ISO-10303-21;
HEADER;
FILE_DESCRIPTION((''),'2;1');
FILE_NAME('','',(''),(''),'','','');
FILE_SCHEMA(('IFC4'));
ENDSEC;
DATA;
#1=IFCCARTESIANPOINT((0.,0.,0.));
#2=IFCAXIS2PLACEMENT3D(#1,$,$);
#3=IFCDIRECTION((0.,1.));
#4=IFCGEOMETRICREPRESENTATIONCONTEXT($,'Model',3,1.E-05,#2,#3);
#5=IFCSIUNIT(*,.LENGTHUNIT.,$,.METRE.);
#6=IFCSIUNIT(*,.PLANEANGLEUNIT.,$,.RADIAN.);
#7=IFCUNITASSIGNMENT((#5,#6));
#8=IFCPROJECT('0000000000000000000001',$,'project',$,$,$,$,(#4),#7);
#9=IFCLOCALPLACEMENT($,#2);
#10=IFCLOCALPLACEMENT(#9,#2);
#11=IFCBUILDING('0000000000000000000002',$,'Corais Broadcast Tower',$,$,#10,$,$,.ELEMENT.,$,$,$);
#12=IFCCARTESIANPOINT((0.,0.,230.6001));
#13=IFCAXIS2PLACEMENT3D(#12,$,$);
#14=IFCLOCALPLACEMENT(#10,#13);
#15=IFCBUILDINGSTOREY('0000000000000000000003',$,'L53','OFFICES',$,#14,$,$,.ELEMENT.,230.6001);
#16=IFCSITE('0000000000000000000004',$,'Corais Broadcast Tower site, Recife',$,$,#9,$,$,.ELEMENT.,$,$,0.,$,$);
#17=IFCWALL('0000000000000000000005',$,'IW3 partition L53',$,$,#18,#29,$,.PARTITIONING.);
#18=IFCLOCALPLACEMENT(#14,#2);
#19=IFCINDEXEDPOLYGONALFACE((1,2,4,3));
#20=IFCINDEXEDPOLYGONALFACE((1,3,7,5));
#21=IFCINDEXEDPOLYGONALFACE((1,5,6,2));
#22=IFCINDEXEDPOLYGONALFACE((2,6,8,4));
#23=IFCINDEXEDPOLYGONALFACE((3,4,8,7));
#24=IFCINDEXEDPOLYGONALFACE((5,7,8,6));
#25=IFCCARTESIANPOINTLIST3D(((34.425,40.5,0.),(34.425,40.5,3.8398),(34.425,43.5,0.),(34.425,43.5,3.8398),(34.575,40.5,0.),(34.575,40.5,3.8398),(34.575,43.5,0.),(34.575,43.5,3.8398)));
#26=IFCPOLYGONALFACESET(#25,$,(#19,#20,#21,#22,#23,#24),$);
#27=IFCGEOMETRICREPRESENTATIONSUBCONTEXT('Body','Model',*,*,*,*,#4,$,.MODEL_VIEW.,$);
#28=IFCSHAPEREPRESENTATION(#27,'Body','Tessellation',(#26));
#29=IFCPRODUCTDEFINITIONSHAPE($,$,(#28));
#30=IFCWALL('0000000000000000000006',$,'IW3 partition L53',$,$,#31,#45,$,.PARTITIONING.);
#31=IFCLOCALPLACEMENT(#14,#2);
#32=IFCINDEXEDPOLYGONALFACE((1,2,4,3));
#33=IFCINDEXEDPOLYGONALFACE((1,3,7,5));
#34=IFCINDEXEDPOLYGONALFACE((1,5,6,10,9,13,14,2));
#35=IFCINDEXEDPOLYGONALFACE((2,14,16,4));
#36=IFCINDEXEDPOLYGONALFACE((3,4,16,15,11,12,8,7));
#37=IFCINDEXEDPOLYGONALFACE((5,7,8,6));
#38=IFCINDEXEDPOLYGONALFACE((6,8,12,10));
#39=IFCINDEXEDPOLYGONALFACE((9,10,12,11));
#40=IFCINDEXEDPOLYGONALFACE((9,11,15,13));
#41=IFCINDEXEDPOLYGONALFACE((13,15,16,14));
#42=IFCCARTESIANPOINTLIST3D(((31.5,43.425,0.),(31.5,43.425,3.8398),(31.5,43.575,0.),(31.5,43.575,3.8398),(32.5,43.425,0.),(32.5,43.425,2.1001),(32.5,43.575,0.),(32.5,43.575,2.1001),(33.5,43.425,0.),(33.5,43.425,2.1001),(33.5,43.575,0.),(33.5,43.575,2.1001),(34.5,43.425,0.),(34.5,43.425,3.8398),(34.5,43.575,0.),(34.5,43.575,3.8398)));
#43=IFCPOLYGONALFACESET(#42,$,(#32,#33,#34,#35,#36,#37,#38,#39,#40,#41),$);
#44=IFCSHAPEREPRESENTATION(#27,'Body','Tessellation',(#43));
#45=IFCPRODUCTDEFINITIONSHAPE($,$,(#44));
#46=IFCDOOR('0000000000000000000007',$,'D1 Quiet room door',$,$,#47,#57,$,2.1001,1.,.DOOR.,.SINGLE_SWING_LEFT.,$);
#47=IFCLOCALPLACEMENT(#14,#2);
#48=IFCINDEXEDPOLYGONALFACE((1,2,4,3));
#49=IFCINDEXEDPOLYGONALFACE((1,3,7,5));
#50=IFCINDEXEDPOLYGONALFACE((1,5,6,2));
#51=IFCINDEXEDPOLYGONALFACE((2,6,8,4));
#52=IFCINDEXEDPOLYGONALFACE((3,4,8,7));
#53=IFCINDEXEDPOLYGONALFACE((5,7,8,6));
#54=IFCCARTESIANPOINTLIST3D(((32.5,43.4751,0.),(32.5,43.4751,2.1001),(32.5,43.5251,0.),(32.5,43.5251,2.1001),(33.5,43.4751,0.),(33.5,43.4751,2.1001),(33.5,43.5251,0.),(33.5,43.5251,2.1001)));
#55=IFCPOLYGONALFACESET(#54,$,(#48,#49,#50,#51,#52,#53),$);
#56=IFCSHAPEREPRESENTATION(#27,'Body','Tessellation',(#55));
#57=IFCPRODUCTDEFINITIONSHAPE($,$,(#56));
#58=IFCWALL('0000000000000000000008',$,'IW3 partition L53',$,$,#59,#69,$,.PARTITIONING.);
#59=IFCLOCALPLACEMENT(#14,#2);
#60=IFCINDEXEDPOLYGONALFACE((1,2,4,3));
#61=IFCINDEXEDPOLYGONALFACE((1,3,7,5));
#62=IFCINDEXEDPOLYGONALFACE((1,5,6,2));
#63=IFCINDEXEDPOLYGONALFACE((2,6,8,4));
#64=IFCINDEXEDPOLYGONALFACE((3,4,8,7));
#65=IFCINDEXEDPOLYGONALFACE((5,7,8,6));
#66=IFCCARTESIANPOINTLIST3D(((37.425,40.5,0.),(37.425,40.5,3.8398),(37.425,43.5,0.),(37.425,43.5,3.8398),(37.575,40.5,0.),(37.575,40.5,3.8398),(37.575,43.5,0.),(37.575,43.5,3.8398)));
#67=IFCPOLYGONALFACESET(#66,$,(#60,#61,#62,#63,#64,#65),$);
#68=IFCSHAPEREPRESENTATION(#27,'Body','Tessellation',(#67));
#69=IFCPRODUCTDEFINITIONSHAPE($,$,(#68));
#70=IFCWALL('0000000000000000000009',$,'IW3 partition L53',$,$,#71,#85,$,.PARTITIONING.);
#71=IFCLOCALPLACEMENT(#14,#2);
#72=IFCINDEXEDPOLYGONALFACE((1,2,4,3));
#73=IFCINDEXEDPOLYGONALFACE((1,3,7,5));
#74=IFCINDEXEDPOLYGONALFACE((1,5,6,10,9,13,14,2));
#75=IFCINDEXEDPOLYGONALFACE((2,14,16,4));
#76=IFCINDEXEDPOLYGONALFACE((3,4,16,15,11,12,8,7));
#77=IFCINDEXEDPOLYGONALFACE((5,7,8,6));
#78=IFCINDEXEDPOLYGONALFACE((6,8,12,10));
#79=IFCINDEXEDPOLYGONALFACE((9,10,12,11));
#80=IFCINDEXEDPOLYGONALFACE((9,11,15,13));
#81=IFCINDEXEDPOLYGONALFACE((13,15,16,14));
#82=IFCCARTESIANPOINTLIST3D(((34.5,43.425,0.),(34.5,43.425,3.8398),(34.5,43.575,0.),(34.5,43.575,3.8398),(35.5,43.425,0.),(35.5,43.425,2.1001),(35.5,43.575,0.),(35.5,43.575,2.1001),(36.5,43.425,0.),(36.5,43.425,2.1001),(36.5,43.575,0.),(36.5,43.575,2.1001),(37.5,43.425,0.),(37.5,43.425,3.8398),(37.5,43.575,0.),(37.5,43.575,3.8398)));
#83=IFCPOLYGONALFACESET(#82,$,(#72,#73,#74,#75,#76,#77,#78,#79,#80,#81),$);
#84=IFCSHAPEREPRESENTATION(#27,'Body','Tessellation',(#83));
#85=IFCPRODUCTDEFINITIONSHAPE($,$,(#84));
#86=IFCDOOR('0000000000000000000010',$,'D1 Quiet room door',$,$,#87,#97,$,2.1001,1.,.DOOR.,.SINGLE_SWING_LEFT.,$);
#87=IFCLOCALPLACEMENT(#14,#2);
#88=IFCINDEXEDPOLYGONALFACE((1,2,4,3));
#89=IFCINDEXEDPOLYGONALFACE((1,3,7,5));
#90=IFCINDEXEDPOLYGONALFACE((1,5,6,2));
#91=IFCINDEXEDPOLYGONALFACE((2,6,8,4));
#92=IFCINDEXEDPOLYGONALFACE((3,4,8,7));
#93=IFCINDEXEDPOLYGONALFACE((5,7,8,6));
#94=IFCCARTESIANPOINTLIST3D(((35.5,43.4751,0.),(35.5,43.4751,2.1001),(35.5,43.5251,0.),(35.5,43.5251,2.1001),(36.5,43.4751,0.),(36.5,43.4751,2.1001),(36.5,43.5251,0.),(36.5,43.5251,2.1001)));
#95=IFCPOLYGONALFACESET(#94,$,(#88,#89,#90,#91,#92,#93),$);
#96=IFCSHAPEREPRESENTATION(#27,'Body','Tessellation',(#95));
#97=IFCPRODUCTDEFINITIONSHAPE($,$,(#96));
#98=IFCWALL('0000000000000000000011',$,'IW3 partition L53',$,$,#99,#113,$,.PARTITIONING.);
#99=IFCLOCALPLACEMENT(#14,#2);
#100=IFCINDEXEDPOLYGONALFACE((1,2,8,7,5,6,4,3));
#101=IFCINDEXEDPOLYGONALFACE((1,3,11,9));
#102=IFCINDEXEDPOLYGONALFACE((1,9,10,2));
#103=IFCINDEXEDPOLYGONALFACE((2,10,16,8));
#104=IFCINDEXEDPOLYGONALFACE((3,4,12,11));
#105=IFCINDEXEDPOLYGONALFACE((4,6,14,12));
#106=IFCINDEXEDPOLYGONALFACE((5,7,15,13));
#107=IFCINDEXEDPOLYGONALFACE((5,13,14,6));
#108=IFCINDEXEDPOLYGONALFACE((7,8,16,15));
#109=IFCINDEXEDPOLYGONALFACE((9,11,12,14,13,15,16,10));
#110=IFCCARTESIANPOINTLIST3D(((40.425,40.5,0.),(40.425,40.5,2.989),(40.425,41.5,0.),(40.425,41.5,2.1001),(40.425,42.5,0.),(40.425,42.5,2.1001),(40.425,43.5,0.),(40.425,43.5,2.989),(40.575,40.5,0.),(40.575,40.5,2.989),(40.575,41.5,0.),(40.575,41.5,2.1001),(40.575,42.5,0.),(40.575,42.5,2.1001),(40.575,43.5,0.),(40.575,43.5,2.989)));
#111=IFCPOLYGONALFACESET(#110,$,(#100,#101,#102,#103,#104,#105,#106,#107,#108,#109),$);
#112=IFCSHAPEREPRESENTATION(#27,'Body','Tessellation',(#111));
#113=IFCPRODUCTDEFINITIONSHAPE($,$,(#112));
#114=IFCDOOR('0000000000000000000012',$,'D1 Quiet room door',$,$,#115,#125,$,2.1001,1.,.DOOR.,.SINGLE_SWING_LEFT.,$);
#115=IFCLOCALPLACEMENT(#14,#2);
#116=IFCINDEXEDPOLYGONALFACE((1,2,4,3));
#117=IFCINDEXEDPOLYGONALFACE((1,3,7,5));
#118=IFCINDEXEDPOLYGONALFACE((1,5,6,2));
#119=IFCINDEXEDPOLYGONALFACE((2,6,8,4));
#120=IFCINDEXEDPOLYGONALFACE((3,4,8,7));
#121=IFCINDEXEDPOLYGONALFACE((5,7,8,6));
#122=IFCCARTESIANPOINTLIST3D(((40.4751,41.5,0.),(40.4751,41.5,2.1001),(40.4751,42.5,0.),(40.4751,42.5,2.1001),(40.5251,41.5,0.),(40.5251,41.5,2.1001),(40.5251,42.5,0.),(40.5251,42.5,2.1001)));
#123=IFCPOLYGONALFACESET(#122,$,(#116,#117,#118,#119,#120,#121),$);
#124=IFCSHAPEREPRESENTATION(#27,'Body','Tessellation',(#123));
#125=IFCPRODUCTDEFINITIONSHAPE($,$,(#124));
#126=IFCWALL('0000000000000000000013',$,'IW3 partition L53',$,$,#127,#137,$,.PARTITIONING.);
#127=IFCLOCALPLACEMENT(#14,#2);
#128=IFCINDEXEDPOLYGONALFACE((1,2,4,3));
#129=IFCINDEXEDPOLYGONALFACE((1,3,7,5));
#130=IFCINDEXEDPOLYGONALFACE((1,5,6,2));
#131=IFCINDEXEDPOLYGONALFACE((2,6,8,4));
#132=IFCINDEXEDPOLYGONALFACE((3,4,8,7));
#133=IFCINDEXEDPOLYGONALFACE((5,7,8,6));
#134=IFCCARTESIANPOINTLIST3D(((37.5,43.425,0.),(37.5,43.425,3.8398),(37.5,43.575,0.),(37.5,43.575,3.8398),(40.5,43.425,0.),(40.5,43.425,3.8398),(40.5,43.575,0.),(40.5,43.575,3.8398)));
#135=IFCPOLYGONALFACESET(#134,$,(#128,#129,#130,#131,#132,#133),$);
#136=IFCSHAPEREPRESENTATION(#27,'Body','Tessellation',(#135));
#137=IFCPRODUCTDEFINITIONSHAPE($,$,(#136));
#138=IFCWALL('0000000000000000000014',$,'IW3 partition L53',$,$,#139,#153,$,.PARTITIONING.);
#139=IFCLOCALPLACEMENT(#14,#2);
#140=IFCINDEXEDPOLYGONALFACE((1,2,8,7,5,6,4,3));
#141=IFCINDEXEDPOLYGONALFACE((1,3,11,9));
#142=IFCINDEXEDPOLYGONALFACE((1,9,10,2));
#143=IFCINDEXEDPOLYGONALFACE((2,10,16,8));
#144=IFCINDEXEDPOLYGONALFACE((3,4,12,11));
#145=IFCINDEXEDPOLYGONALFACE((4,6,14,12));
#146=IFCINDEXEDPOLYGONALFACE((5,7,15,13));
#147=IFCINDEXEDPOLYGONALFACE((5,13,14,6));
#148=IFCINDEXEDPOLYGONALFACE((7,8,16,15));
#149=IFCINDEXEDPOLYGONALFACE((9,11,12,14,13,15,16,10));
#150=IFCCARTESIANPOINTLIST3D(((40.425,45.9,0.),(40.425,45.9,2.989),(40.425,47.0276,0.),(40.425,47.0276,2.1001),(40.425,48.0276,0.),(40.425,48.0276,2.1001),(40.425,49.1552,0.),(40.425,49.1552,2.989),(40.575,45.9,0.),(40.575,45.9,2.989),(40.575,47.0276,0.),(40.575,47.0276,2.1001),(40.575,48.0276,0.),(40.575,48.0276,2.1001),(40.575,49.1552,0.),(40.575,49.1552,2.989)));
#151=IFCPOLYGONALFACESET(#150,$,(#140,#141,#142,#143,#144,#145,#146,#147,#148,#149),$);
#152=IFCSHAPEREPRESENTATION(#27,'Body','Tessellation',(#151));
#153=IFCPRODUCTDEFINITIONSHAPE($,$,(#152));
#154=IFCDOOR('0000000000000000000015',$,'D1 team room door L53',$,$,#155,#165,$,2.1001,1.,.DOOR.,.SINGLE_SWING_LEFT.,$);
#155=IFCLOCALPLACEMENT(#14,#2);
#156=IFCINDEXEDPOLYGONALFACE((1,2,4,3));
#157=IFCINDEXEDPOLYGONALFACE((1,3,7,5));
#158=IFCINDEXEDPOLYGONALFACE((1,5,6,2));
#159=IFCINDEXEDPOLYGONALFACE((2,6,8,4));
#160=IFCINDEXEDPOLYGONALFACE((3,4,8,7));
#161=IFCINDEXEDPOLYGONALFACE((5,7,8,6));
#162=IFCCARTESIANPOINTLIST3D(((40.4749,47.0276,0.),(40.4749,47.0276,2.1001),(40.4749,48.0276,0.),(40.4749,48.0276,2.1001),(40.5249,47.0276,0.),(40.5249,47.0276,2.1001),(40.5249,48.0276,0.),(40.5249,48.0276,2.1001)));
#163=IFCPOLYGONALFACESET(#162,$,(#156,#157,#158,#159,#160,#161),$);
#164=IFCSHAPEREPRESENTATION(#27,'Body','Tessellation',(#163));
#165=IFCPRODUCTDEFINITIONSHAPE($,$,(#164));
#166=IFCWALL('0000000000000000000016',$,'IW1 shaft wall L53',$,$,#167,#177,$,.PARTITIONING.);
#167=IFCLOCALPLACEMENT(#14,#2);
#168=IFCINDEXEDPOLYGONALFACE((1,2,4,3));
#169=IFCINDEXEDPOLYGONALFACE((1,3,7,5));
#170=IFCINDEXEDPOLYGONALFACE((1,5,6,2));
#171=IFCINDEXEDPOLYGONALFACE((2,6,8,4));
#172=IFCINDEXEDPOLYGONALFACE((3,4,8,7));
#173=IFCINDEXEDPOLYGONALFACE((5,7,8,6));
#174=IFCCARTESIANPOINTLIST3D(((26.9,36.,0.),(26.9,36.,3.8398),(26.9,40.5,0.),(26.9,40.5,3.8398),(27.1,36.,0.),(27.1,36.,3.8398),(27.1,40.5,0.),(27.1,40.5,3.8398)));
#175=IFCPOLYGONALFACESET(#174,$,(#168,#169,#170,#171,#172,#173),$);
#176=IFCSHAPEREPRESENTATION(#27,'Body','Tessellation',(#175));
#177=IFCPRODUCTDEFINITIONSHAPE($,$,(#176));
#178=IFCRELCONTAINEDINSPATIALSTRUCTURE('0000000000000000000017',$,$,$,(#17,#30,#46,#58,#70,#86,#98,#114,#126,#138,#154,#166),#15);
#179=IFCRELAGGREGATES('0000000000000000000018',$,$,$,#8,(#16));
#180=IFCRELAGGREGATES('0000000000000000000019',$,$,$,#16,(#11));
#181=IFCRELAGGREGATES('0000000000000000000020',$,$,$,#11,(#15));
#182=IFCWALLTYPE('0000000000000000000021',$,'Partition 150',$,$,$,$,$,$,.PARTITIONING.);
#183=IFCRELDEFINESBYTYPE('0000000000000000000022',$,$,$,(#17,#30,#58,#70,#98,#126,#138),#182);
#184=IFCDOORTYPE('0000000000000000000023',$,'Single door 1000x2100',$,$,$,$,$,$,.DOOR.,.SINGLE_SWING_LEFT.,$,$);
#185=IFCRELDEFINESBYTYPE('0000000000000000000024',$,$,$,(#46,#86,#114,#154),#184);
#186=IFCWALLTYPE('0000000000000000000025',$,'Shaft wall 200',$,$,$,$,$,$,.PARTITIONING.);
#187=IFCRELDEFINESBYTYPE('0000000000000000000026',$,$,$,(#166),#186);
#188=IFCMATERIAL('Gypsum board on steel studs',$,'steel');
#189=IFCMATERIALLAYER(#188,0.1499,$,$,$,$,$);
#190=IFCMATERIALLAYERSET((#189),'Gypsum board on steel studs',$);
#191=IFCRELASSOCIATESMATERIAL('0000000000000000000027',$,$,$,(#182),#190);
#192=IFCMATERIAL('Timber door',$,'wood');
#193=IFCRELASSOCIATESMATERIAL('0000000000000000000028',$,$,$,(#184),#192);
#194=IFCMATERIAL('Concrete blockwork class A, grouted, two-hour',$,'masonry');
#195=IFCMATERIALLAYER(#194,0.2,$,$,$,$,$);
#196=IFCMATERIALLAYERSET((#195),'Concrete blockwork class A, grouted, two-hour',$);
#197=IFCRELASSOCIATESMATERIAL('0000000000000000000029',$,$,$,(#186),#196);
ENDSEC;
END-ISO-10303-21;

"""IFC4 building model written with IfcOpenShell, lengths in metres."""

from ifc_helpers import new_model, si_unit, direction, frame, frame_2d, origin, place, context, subcontext, project, spatial, rectangle, extrude, material, layer, layer_set, type_object, element, fill, save


model = new_model("IFC4")

# Units and contexts
model_context = context("Model", 3, precision=1e-05, world=origin(), true_north=direction((0.0, 1.0)))
body_context = subcontext(model_context, "Body", "Model", "MODEL_VIEW")
ifc_project = project(units=[si_unit("LENGTHUNIT", "METRE"), si_unit("PLANEANGLEUNIT", "RADIAN")], contexts=[model_context])

# Site, building, storey
site_placement = place(None, origin())
site = spatial("IfcSite", under=ifc_project, at=site_placement, Name="Corais Broadcast Tower site, Recife", CompositionType="ELEMENT", RefElevation=0.0)
building_placement = place(site_placement, origin())
building = spatial("IfcBuilding", under=site, at=building_placement, Name="Corais Broadcast Tower", CompositionType="ELEMENT")
storey_placement = place(building_placement, frame((0.0, 0.0, 230.6001)))
storey = spatial("IfcBuildingStorey", under=building, at=storey_placement, Name="L53", Description="OFFICES", CompositionType="ELEMENT", Elevation=230.6001)

# Shared definitions
ifc_material_1 = material(Name="Gypsum board on steel studs", Category="steel")
ifc_layer_1 = layer(ifc_material_1, 0.1499)
ifc_layer_set_1 = layer_set([ifc_layer_1], Name="Gypsum board on steel studs")
wall_type_1 = type_object("IfcWallType", Name="Partition 150", PredefinedType="PARTITIONING", material=ifc_layer_set_1)
ifc_material_2 = material(Name="Timber door", Category="wood")
door_type = type_object("IfcDoorType", Name="Single door 1000x2100", OperationType="SINGLE_SWING_LEFT", PredefinedType="DOOR", material=ifc_material_2)

# Wall
wall_1_placement = place(storey_placement, frame((34.5, 40.5, 0.0), z_axis=(0.0, 0.0, 1.0), x_axis=(0.0, 1.0, 0.0)))
element("IfcWall", 1, at=wall_1_placement, inside=storey, type_object=wall_type_1, Name="IW3 partition L53", PredefinedType="PARTITIONING", context=body_context, shape_type="SweptSolid", body=[
    extrude(rectangle(XDim=3.0, YDim=0.1499, at=frame_2d((1.5, 0.0))), origin(), (0.0, 0.0, 1.0), 3.8398),
])

# Wall, opening, door
wall_2_placement = place(storey_placement, frame((34.5, 43.5, 0.0), z_axis=(0.0, 0.0, 1.0), x_axis=(-1.0, 0.0, 0.0)))
wall_2 = element("IfcWall", 2, at=wall_2_placement, inside=storey, type_object=wall_type_1, Name="IW3 partition L53", PredefinedType="PARTITIONING", context=body_context, shape_type="SweptSolid", body=[
    extrude(rectangle(XDim=3.0, YDim=0.1499, at=frame_2d((1.5, 0.0))), origin(), (0.0, 0.0, 1.0), 3.8398),
])
opening_1_placement = place(wall_2_placement, frame((1.0, 0.0, 0.0)))
opening_1 = element("IfcOpeningElement", 3, at=opening_1_placement, cuts=wall_2, PredefinedType="OPENING", context=body_context, shape_type="SweptSolid", body=[
    extrude(rectangle(XDim=1.0, YDim=2.1001, at=frame_2d((0.5, 1.05))), frame((0.0, 0.085, 0.0), z_axis=(0.0, -1.0, 0.0), x_axis=(1.0, 0.0, 0.0)), (0.0, 0.0, 1.0), 0.1699),
])
door_1_placement = place(opening_1_placement, origin())
door_1 = element("IfcDoor", 4, at=door_1_placement, inside=storey, type_object=door_type, Name="D1 Quiet room door", OperationType="SINGLE_SWING_LEFT", OverallHeight=2.1001, OverallWidth=1.0, PredefinedType="DOOR", context=body_context, shape_type="SweptSolid", body=[
    extrude(rectangle(XDim=1.0, YDim=2.1001, at=frame_2d((0.5, 1.05))), frame((0.0, 0.0249, 0.0), z_axis=(0.0, -1.0, 0.0), x_axis=(1.0, 0.0, 0.0)), (0.0, 0.0, 1.0), 0.05),
])
fill(opening_1, door_1)

# Wall
wall_3_placement = place(storey_placement, frame((37.5, 40.5, 0.0), z_axis=(0.0, 0.0, 1.0), x_axis=(0.0, 1.0, 0.0)))
element("IfcWall", 5, at=wall_3_placement, inside=storey, type_object=wall_type_1, Name="IW3 partition L53", PredefinedType="PARTITIONING", context=body_context, shape_type="SweptSolid", body=[
    extrude(rectangle(XDim=3.0, YDim=0.1499, at=frame_2d((1.5, 0.0))), origin(), (0.0, 0.0, 1.0), 3.8398),
])

# Walls, openings, doors
wall_4_placement = place(storey_placement, frame((37.5, 43.5, 0.0), z_axis=(0.0, 0.0, 1.0), x_axis=(-1.0, 0.0, 0.0)))
wall_4 = element("IfcWall", 6, at=wall_4_placement, inside=storey, type_object=wall_type_1, Name="IW3 partition L53", PredefinedType="PARTITIONING", context=body_context, shape_type="SweptSolid", body=[
    extrude(rectangle(XDim=3.0, YDim=0.1499, at=frame_2d((1.5, 0.0))), origin(), (0.0, 0.0, 1.0), 3.8398),
])
opening_2_placement = place(wall_4_placement, frame((1.0, 0.0, 0.0)))
opening_2 = element("IfcOpeningElement", 7, at=opening_2_placement, cuts=wall_4, PredefinedType="OPENING", context=body_context, shape_type="SweptSolid", body=[
    extrude(rectangle(XDim=1.0, YDim=2.1001, at=frame_2d((0.5, 1.05))), frame((0.0, 0.085, 0.0), z_axis=(0.0, -1.0, 0.0), x_axis=(1.0, 0.0, 0.0)), (0.0, 0.0, 1.0), 0.1699),
])
door_2_placement = place(opening_2_placement, origin())
door_2 = element("IfcDoor", 8, at=door_2_placement, inside=storey, type_object=door_type, Name="D1 Quiet room door", OperationType="SINGLE_SWING_LEFT", OverallHeight=2.1001, OverallWidth=1.0, PredefinedType="DOOR", context=body_context, shape_type="SweptSolid", body=[
    extrude(rectangle(XDim=1.0, YDim=2.1001, at=frame_2d((0.5, 1.05))), frame((0.0, 0.0249, 0.0), z_axis=(0.0, -1.0, 0.0), x_axis=(1.0, 0.0, 0.0)), (0.0, 0.0, 1.0), 0.05),
])
fill(opening_2, door_2)
wall_5_placement = place(storey_placement, frame((40.5, 40.5, 0.0), z_axis=(0.0, 0.0, 1.0), x_axis=(0.0, 1.0, 0.0)))
wall_5 = element("IfcWall", 9, at=wall_5_placement, inside=storey, type_object=wall_type_1, Name="IW3 partition L53", PredefinedType="PARTITIONING", context=body_context, shape_type="SweptSolid", body=[
    extrude(rectangle(XDim=3.0, YDim=0.1499, at=frame_2d((1.5, 0.0))), origin(), (0.0, 0.0, 1.0), 2.989),
])
opening_3_placement = place(wall_5_placement, frame((1.0, 0.0, 0.0)))
opening_3 = element("IfcOpeningElement", 10, at=opening_3_placement, cuts=wall_5, PredefinedType="OPENING", context=body_context, shape_type="SweptSolid", body=[
    extrude(rectangle(XDim=1.0, YDim=2.1001, at=frame_2d((0.5, 1.05))), frame((0.0, 0.085, 0.0), z_axis=(0.0, -1.0, 0.0), x_axis=(1.0, 0.0, 0.0)), (0.0, 0.0, 1.0), 0.1699),
])
door_3_placement = place(opening_3_placement, origin())
door_3 = element("IfcDoor", 11, at=door_3_placement, inside=storey, type_object=door_type, Name="D1 Quiet room door", OperationType="SINGLE_SWING_LEFT", OverallHeight=2.1001, OverallWidth=1.0, PredefinedType="DOOR", context=body_context, shape_type="SweptSolid", body=[
    extrude(rectangle(XDim=1.0, YDim=2.1001, at=frame_2d((0.5, 1.05))), frame((0.0, 0.0249, 0.0), z_axis=(0.0, -1.0, 0.0), x_axis=(1.0, 0.0, 0.0)), (0.0, 0.0, 1.0), 0.05),
])
fill(opening_3, door_3)

# Wall
wall_6_placement = place(storey_placement, frame((40.5, 43.5, 0.0), z_axis=(0.0, 0.0, 1.0), x_axis=(-1.0, 0.0, 0.0)))
element("IfcWall", 12, at=wall_6_placement, inside=storey, type_object=wall_type_1, Name="IW3 partition L53", PredefinedType="PARTITIONING", context=body_context, shape_type="SweptSolid", body=[
    extrude(rectangle(XDim=3.0, YDim=0.1499, at=frame_2d((1.5, 0.0))), origin(), (0.0, 0.0, 1.0), 3.8398),
])

# Wall, opening, door
wall_7_placement = place(storey_placement, frame((40.5, 49.155, 0.0), z_axis=(0.0, 0.0, 1.0), x_axis=(0.0, -1.0, 0.0)))
wall_7 = element("IfcWall", 13, at=wall_7_placement, inside=storey, type_object=wall_type_1, Name="IW3 partition L53", PredefinedType="PARTITIONING", context=body_context, shape_type="SweptSolid", body=[
    extrude(rectangle(XDim=3.2551, YDim=0.1499, at=frame_2d((1.6274, 0.0))), origin(), (0.0, 0.0, 1.0), 2.989),
])
opening_4_placement = place(wall_7_placement, frame((1.1274, 0.0, 0.0)))
opening_4 = element("IfcOpeningElement", 14, at=opening_4_placement, cuts=wall_7, PredefinedType="OPENING", context=body_context, shape_type="SweptSolid", body=[
    extrude(rectangle(XDim=1.0, YDim=2.1001, at=frame_2d((0.5, 1.05))), frame((0.0, 0.085, 0.0), z_axis=(0.0, -1.0, 0.0), x_axis=(1.0, 0.0, 0.0)), (0.0, 0.0, 1.0), 0.1699),
])
door_4_placement = place(opening_4_placement, origin())
door_4 = element("IfcDoor", 15, at=door_4_placement, inside=storey, type_object=door_type, Name="D1 team room door L53", OperationType="SINGLE_SWING_LEFT", OverallHeight=2.1001, OverallWidth=1.0, PredefinedType="DOOR", context=body_context, shape_type="SweptSolid", body=[
    extrude(rectangle(XDim=1.0, YDim=2.1001, at=frame_2d((0.5, 1.05))), frame((0.0, 0.0249, 0.0), z_axis=(0.0, -1.0, 0.0), x_axis=(1.0, 0.0, 0.0)), (0.0, 0.0, 1.0), 0.05),
])
fill(opening_4, door_4)

# Wall
ifc_material_3 = material(Name="Concrete blockwork class A, grouted, two-hour", Category="masonry")
ifc_layer_2 = layer(ifc_material_3, 0.2)
ifc_layer_set_2 = layer_set([ifc_layer_2], Name="Concrete blockwork class A, grouted, two-hour")
wall_type_2 = type_object("IfcWallType", Name="Shaft wall 200", PredefinedType="PARTITIONING", material=ifc_layer_set_2)
wall_8_placement = place(storey_placement, frame((27.0, 36.0, 0.0), z_axis=(0.0, 0.0, 1.0), x_axis=(0.0, 1.0, 0.0)))
element("IfcWall", 16, at=wall_8_placement, inside=storey, type_object=wall_type_2, Name="IW1 shaft wall L53", PredefinedType="PARTITIONING", context=body_context, shape_type="SweptSolid", body=[
    extrude(rectangle(XDim=4.5, YDim=0.2, at=frame_2d((2.25, 0.0))), origin(), (0.0, 0.0, 1.0), 3.8398),
])

save(model, "model.ifc")
